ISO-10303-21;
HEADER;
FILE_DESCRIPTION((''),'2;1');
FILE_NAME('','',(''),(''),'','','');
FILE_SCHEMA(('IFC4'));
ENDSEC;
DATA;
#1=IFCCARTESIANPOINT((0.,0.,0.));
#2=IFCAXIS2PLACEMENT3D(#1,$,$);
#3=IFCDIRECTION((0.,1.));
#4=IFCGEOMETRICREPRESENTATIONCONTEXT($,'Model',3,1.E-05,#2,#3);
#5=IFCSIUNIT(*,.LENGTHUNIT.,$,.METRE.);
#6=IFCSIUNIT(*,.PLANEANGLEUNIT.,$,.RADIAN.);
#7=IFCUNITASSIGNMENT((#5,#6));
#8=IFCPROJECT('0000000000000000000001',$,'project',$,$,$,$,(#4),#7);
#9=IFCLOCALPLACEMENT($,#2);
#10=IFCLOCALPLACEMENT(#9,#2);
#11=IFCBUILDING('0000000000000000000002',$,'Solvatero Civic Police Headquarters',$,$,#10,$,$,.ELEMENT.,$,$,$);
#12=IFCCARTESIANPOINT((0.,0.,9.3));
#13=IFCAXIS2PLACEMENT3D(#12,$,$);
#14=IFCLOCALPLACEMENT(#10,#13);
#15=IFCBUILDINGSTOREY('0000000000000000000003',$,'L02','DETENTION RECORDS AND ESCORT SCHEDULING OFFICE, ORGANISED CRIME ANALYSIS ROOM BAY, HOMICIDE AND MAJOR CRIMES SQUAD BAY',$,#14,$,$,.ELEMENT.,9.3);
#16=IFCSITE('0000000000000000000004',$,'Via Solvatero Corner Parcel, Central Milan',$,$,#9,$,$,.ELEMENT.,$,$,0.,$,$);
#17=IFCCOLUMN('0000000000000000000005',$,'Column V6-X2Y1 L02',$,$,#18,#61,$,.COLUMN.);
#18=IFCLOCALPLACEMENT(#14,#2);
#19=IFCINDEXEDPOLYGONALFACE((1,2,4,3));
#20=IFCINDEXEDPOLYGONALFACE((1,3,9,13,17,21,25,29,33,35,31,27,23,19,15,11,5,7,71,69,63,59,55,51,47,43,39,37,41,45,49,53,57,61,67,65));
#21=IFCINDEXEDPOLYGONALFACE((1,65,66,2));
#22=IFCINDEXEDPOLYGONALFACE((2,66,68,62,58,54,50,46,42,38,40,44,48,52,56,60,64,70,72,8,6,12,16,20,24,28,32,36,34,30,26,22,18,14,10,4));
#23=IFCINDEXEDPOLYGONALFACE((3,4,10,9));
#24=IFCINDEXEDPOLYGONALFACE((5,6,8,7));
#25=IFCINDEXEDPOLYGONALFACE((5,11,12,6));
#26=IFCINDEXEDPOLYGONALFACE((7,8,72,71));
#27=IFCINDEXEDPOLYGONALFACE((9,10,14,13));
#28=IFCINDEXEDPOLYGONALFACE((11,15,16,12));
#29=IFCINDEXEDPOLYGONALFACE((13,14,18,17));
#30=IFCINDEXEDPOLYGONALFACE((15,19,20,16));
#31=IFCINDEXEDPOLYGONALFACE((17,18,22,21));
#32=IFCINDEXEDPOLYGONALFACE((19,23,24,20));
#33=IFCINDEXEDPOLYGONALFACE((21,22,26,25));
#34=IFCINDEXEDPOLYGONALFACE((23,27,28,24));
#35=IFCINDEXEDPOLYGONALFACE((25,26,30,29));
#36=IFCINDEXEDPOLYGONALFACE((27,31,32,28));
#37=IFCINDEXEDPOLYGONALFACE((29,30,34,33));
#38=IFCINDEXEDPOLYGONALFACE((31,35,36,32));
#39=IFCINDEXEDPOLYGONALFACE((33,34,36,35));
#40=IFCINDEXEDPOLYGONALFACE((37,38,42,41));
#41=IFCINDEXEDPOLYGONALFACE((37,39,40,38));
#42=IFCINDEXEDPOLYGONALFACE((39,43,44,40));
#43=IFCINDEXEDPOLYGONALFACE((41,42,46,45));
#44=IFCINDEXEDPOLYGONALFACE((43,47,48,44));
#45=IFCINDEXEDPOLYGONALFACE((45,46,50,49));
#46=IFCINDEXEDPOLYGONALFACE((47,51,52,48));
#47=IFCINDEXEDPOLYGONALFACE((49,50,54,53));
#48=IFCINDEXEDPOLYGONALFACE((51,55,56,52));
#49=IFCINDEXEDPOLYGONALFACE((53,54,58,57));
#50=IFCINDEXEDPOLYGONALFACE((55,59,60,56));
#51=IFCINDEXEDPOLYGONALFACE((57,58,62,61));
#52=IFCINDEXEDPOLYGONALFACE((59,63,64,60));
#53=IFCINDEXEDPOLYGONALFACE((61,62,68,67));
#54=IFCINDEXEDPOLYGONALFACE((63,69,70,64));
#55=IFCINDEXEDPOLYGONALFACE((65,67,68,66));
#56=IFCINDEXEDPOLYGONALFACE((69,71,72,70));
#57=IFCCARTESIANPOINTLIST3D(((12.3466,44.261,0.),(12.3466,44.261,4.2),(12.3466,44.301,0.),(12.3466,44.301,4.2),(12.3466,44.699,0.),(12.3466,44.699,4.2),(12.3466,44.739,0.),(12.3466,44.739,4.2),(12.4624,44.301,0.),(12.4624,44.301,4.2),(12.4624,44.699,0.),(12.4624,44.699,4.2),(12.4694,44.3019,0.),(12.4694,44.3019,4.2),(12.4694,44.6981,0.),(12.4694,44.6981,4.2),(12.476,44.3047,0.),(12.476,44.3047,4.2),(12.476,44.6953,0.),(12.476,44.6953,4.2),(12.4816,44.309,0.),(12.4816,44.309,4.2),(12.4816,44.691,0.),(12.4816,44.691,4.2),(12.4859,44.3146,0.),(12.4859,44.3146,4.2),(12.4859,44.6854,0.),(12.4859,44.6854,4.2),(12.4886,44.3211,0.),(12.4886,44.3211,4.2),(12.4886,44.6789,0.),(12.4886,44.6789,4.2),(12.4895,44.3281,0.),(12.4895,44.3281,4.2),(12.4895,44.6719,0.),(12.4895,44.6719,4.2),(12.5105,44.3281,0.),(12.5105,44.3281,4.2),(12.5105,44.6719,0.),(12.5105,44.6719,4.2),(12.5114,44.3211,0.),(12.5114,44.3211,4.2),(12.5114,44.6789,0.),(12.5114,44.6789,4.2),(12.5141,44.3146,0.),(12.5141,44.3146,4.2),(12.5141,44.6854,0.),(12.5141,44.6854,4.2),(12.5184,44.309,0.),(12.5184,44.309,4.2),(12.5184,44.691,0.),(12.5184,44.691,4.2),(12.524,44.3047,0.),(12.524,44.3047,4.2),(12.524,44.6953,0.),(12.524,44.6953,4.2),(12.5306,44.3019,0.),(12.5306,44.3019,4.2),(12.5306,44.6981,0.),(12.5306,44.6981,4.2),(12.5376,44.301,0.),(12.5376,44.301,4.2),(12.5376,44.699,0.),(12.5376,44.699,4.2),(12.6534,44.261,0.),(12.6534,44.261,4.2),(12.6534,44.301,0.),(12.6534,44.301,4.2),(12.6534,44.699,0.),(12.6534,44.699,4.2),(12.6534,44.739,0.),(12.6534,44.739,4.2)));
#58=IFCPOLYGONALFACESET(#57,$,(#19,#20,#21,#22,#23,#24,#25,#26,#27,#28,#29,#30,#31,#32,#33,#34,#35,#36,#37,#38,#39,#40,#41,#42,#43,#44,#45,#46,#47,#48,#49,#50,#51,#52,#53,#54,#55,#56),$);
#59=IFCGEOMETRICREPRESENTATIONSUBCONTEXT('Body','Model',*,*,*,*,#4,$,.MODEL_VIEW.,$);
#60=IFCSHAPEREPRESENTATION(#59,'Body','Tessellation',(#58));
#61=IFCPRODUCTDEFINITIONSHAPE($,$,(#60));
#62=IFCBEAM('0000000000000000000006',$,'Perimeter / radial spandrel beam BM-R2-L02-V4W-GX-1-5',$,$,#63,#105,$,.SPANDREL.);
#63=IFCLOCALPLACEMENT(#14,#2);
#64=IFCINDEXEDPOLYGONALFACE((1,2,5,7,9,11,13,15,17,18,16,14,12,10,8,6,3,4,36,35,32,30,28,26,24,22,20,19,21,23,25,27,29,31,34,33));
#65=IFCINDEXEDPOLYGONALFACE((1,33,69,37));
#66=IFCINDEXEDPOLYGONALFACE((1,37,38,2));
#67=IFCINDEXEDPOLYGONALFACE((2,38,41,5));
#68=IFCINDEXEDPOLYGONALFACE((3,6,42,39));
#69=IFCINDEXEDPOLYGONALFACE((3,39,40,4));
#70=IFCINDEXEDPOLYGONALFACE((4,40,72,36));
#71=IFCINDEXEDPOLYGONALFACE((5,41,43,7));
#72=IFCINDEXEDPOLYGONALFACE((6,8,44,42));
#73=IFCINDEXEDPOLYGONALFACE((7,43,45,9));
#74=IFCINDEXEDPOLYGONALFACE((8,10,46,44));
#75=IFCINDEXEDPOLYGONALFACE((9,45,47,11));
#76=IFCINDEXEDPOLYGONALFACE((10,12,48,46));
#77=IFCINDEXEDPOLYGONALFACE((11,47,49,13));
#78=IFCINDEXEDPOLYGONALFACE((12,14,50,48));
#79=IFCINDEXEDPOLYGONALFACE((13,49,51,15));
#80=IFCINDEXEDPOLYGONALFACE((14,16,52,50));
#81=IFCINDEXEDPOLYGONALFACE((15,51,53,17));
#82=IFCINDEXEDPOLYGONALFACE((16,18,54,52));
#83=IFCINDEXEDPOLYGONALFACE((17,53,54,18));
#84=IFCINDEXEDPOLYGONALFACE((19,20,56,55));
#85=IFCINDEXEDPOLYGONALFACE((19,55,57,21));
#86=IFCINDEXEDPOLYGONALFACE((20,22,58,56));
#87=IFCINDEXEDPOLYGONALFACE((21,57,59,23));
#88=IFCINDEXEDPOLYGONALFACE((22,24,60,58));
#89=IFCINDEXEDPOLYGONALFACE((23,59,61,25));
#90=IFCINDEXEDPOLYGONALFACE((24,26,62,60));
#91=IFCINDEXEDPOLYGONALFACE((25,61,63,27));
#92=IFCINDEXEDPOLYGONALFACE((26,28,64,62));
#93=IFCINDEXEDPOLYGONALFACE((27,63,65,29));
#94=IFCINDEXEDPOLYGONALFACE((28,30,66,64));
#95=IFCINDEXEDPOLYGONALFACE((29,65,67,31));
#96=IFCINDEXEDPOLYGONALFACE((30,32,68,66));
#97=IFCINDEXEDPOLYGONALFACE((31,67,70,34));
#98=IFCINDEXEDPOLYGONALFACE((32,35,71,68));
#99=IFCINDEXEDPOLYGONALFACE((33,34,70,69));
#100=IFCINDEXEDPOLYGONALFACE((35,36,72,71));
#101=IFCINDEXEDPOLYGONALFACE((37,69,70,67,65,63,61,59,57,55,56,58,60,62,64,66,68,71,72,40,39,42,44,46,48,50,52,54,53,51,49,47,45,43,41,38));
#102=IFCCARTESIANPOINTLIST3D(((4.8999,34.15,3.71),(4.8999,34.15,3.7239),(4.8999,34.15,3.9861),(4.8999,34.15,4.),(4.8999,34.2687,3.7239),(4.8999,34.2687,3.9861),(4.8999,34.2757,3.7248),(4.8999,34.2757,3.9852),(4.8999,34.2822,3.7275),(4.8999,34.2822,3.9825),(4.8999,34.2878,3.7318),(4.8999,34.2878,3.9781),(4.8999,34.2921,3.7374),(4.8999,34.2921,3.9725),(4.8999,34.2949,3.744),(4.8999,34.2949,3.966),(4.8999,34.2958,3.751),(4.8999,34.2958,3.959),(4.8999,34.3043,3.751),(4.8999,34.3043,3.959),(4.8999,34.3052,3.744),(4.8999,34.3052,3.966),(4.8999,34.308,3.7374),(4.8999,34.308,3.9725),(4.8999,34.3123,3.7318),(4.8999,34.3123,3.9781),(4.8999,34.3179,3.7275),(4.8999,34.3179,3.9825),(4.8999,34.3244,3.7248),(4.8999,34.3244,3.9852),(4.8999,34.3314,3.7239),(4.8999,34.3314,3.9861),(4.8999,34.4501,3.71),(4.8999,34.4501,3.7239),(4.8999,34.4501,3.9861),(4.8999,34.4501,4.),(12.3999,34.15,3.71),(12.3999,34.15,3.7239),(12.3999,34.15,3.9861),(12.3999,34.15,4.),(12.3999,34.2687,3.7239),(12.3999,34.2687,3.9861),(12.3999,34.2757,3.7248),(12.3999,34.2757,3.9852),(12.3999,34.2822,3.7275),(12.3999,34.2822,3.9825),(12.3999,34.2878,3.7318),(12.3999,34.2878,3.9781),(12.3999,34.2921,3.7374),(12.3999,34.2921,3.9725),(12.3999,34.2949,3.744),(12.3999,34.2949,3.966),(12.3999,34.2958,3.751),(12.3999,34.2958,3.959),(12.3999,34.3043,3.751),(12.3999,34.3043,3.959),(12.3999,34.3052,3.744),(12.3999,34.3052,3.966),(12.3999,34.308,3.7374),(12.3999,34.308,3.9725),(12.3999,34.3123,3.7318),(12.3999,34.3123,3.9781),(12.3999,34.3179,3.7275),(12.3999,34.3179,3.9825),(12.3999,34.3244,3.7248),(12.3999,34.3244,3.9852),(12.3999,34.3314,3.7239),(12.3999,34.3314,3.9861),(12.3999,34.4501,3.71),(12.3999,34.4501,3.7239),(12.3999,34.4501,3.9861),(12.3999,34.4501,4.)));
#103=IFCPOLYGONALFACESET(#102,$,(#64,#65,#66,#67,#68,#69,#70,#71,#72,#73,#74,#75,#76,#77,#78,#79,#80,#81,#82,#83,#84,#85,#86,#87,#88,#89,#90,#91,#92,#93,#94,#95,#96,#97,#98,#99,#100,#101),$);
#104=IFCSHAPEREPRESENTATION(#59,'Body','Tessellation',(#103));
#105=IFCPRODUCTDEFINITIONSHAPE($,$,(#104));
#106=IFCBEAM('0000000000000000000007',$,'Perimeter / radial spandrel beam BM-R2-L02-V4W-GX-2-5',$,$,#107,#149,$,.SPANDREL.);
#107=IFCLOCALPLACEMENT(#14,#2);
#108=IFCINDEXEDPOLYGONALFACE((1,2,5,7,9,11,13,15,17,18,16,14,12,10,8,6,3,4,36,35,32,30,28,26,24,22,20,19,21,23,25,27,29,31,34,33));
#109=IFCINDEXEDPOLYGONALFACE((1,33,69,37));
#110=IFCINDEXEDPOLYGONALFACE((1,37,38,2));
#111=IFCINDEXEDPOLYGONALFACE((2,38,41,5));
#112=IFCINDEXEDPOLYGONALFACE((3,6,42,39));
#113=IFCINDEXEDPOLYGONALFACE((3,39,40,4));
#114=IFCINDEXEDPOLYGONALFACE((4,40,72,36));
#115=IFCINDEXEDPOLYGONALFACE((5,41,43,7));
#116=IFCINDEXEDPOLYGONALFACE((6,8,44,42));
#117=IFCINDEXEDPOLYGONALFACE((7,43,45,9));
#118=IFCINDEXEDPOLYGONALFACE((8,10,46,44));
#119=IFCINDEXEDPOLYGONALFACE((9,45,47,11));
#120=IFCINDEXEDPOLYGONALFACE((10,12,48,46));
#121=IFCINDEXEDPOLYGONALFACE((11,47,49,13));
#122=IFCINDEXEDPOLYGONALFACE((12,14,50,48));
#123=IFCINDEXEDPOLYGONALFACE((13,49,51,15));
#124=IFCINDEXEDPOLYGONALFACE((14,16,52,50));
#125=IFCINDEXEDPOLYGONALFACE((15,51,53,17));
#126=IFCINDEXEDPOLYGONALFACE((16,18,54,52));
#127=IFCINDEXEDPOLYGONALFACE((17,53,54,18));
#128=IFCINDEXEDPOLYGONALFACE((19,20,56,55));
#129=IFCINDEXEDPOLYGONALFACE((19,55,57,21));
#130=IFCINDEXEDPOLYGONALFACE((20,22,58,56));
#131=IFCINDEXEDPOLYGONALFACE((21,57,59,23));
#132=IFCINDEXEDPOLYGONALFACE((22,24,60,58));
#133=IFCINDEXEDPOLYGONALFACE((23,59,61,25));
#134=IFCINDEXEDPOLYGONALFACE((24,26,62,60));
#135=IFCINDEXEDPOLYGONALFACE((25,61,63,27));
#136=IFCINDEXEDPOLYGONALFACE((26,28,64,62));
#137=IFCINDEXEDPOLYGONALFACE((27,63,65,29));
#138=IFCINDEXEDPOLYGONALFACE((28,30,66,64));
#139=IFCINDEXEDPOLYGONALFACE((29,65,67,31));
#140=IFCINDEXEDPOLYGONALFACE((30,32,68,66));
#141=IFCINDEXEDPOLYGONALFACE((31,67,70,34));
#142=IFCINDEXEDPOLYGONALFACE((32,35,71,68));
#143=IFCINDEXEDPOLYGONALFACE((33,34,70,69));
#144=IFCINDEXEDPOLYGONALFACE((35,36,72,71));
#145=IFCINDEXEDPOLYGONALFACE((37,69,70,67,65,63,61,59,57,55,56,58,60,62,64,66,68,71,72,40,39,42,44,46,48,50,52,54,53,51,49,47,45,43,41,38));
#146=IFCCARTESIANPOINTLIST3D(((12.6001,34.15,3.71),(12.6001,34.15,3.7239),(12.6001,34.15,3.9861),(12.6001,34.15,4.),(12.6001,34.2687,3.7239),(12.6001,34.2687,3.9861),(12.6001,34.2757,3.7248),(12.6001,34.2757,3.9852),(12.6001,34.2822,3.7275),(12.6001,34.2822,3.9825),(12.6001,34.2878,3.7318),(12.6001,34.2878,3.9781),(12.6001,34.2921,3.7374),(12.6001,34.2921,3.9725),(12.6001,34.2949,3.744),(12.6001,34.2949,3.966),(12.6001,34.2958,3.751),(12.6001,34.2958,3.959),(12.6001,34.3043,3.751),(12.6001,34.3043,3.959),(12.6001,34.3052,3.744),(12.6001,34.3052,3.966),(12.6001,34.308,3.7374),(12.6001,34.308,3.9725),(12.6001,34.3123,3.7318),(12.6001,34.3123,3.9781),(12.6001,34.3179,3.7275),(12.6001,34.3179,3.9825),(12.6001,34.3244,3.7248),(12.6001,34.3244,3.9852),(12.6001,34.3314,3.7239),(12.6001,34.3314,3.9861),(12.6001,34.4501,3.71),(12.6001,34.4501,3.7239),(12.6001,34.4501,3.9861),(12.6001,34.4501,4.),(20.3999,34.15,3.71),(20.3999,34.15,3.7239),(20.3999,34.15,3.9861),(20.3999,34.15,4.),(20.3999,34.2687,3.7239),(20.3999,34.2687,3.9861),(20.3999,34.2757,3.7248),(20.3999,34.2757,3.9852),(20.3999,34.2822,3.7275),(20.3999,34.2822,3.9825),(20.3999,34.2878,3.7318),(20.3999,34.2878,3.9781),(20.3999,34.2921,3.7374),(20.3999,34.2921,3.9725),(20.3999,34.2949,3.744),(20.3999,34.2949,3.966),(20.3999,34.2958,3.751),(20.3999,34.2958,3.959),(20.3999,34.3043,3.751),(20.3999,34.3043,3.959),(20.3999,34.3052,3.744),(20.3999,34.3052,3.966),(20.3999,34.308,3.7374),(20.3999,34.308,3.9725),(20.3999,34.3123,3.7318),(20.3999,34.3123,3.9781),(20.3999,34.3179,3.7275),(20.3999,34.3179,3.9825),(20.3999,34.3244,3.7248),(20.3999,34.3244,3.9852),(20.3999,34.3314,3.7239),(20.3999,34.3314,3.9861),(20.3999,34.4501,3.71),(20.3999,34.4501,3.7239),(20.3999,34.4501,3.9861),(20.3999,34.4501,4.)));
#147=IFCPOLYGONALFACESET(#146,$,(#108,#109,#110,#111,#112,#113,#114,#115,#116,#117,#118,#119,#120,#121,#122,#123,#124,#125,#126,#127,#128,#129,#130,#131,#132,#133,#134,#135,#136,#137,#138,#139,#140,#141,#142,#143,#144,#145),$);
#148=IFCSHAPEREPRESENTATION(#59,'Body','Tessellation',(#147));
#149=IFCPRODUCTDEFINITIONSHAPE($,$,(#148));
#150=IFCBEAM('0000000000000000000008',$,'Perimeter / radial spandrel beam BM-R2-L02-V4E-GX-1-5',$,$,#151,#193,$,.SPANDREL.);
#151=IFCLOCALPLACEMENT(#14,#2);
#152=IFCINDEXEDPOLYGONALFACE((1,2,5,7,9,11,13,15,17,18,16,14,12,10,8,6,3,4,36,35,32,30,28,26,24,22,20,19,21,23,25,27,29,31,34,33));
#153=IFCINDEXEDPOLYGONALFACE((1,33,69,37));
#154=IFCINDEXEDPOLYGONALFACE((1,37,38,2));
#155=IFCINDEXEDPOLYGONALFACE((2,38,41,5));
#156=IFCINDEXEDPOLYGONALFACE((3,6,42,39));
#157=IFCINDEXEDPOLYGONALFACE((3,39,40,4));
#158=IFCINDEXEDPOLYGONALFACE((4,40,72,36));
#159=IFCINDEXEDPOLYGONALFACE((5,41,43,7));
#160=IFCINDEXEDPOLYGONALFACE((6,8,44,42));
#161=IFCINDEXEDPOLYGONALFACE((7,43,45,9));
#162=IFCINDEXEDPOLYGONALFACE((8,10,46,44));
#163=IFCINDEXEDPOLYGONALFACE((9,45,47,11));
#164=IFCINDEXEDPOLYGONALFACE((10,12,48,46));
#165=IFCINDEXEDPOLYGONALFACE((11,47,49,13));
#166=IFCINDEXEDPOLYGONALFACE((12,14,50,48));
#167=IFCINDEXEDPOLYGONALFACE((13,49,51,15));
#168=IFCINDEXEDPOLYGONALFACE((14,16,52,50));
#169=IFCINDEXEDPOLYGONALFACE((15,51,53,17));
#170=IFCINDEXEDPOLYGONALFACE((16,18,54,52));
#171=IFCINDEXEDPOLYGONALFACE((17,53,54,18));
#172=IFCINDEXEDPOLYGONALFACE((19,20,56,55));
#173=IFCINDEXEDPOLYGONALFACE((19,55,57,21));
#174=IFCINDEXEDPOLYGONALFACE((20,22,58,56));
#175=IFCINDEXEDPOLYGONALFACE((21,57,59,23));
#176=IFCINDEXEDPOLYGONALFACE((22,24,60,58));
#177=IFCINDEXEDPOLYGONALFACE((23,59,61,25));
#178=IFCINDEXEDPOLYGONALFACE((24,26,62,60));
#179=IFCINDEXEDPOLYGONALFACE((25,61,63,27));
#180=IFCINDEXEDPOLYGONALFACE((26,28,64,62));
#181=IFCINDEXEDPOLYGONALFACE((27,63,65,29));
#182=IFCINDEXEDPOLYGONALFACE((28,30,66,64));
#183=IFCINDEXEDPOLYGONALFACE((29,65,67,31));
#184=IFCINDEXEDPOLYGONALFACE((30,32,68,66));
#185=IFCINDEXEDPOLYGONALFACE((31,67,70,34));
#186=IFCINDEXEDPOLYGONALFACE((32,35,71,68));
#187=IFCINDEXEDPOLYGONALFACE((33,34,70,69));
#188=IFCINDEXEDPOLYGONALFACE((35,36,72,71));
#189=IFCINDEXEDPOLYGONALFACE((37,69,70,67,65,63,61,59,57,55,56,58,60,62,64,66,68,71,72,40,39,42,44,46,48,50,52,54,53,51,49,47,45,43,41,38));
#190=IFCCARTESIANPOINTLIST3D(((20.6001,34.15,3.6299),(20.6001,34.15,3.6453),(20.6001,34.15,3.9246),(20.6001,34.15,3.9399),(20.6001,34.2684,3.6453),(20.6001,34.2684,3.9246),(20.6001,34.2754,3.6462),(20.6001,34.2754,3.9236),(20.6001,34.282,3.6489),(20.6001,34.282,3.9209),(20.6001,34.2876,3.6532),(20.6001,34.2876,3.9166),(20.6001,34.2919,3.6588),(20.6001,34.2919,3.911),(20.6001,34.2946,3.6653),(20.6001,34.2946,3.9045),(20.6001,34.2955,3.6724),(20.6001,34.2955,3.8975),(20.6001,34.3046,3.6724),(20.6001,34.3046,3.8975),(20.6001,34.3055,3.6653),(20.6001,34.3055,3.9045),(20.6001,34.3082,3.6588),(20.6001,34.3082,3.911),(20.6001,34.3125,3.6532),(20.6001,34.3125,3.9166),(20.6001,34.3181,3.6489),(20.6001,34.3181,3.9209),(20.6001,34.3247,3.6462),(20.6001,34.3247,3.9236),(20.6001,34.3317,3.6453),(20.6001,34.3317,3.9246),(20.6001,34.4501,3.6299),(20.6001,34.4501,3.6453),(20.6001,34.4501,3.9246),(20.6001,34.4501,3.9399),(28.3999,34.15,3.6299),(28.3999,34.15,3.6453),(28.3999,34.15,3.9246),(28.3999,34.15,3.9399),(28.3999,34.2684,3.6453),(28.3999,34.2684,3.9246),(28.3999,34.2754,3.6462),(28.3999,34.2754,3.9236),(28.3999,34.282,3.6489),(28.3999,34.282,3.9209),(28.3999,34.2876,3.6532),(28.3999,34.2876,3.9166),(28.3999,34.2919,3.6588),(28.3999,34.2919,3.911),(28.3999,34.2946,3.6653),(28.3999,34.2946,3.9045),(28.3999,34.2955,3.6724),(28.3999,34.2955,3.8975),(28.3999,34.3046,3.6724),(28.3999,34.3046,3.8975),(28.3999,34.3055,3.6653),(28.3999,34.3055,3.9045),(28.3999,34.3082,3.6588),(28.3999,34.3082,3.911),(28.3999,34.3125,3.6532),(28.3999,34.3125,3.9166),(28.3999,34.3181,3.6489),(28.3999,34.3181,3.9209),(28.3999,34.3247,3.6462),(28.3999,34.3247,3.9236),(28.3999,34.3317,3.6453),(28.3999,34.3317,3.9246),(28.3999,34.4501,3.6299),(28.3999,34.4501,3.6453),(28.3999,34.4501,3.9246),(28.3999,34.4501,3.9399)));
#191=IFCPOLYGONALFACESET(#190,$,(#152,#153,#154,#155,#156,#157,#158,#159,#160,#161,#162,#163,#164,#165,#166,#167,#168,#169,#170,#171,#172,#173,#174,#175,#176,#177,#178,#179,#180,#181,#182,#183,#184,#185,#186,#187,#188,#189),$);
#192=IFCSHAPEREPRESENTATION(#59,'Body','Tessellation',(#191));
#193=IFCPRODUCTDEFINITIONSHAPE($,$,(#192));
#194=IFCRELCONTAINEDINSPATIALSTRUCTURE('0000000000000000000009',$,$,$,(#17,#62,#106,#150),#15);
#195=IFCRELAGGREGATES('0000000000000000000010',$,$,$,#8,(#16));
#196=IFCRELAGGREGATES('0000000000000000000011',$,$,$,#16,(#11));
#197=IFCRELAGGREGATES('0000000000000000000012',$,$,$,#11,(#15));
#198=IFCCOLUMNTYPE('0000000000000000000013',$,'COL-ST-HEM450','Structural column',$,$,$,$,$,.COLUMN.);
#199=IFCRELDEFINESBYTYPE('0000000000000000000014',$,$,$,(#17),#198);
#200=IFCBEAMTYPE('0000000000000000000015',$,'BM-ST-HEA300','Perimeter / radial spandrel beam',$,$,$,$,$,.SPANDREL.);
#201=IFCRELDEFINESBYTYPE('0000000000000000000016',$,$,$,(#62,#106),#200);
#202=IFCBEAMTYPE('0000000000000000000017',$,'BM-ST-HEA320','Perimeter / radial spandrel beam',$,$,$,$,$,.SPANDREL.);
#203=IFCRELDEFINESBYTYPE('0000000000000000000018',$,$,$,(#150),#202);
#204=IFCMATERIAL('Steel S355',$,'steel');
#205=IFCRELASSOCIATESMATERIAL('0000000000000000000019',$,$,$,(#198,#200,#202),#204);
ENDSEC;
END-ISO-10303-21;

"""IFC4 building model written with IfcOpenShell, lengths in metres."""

from ifc_helpers import new_model, si_unit, direction, frame, origin, origin_2d, place, context, subcontext, project, spatial, i_section, extrude, material, material_profile, profile_set, type_object, element, save


model = new_model("IFC4")

# Units and contexts
model_context = context("Model", 3, precision=1e-05, world=origin(), true_north=direction((0.0, 1.0)))
body_context = subcontext(model_context, "Body", "Model", "MODEL_VIEW")
ifc_project = project(units=[si_unit("LENGTHUNIT", "METRE"), si_unit("PLANEANGLEUNIT", "RADIAN")], contexts=[model_context])

# Site, building, storey
site_placement = place(None, origin())
site = spatial("IfcSite", under=ifc_project, at=site_placement, Name="Via Solvatero Corner Parcel, Central Milan", CompositionType="ELEMENT", RefElevation=0.0)
building_placement = place(site_placement, origin())
building = spatial("IfcBuilding", under=site, at=building_placement, Name="Solvatero Civic Police Headquarters", CompositionType="ELEMENT")
storey_placement = place(building_placement, frame((0.0, 0.0, 9.3)))
storey = spatial("IfcBuildingStorey", under=building, at=storey_placement, Name="L02", Description="DETENTION RECORDS AND ESCORT SCHEDULING OFFICE, ORGANISED CRIME ANALYSIS ROOM BAY, HOMICIDE AND MAJOR CRIMES SQUAD BAY", CompositionType="ELEMENT", Elevation=9.3)

# Column
ifc_material_1 = material(Name="Steel S355", Category="steel")
ifc_material_profile_1 = material_profile(ifc_material_1, i_section(OverallWidth=0.3069, OverallDepth=0.478, WebThickness=0.021, FlangeThickness=0.04, FilletRadius=0.0271, at=origin_2d()), Name="HEM 450")
ifc_profile_set_1 = profile_set([ifc_material_profile_1], Name="Steel S355")
column_type_1 = type_object("IfcColumnType", Name="COL-ST-HEM450", Description="Structural column", PredefinedType="COLUMN", material=ifc_profile_set_1)
column_1_placement = place(storey_placement, frame((12.5, 44.5, 0.0), z_axis=(0.0, 0.0, 1.0), x_axis=(1.0, 0.0, 0.0)))
element("IfcColumn", 1, at=column_1_placement, inside=storey, type_object=column_type_1, Name="Column V6-X2Y1 L02", PredefinedType="COLUMN", context=body_context, shape_type="SweptSolid", body=[
    extrude(i_section(OverallWidth=0.3069, OverallDepth=0.478, WebThickness=0.021, FlangeThickness=0.04, FilletRadius=0.0271, at=origin_2d()), origin(), (0.0, 0.0, 1.0), 4.2),
])

# Beams
ifc_material_profile_2 = material_profile(ifc_material_1, i_section(OverallWidth=0.3, OverallDepth=0.29, WebThickness=0.0085, FlangeThickness=0.0139, FilletRadius=0.0271, at=origin_2d()), Name="HEA 300")
ifc_profile_set_2 = profile_set([ifc_material_profile_2], Name="Steel S355")
beam_type_1 = type_object("IfcBeamType", Name="BM-ST-HEA300", Description="Perimeter / radial spandrel beam", PredefinedType="SPANDREL", material=ifc_profile_set_2)
beam_1_placement = place(storey_placement, frame((4.8999, 34.3, 3.855), z_axis=(1.0, 0.0, 0.0), x_axis=(0.0, 1.0, 0.0)))
element("IfcBeam", 2, at=beam_1_placement, inside=storey, type_object=beam_type_1, Name="Perimeter / radial spandrel beam BM-R2-L02-V4W-GX-1-5", PredefinedType="SPANDREL", context=body_context, shape_type="SweptSolid", body=[
    extrude(i_section(OverallWidth=0.3, OverallDepth=0.29, WebThickness=0.0085, FlangeThickness=0.0139, FilletRadius=0.0271, at=origin_2d()), origin(), (0.0, 0.0, 1.0), 7.5),
])
beam_2_placement = place(storey_placement, frame((12.6001, 34.3, 3.855), z_axis=(1.0, 0.0, 0.0), x_axis=(0.0, 1.0, 0.0)))
element("IfcBeam", 3, at=beam_2_placement, inside=storey, type_object=beam_type_1, Name="Perimeter / radial spandrel beam BM-R2-L02-V4W-GX-2-5", PredefinedType="SPANDREL", context=body_context, shape_type="SweptSolid", body=[
    extrude(i_section(OverallWidth=0.3, OverallDepth=0.29, WebThickness=0.0085, FlangeThickness=0.0139, FilletRadius=0.0271, at=origin_2d()), origin(), (0.0, 0.0, 1.0), 7.7998),
])
ifc_material_profile_3 = material_profile(ifc_material_1, i_section(OverallWidth=0.3, OverallDepth=0.3101, WebThickness=0.009, FlangeThickness=0.0154, FilletRadius=0.0271, at=origin_2d()), Name="HEA 320")
ifc_profile_set_3 = profile_set([ifc_material_profile_3], Name="Steel S355")
beam_type_2 = type_object("IfcBeamType", Name="BM-ST-HEA320", Description="Perimeter / radial spandrel beam", PredefinedType="SPANDREL", material=ifc_profile_set_3)
beam_3_placement = place(storey_placement, frame((20.6001, 34.3, 3.7849), z_axis=(1.0, 0.0, 0.0), x_axis=(0.0, 1.0, 0.0)))
element("IfcBeam", 4, at=beam_3_placement, inside=storey, type_object=beam_type_2, Name="Perimeter / radial spandrel beam BM-R2-L02-V4E-GX-1-5", PredefinedType="SPANDREL", context=body_context, shape_type="SweptSolid", body=[
    extrude(i_section(OverallWidth=0.3, OverallDepth=0.3101, WebThickness=0.009, FlangeThickness=0.0154, FilletRadius=0.0271, at=origin_2d()), origin(), (0.0, 0.0, 1.0), 7.7998),
])

save(model, "model.ifc")
